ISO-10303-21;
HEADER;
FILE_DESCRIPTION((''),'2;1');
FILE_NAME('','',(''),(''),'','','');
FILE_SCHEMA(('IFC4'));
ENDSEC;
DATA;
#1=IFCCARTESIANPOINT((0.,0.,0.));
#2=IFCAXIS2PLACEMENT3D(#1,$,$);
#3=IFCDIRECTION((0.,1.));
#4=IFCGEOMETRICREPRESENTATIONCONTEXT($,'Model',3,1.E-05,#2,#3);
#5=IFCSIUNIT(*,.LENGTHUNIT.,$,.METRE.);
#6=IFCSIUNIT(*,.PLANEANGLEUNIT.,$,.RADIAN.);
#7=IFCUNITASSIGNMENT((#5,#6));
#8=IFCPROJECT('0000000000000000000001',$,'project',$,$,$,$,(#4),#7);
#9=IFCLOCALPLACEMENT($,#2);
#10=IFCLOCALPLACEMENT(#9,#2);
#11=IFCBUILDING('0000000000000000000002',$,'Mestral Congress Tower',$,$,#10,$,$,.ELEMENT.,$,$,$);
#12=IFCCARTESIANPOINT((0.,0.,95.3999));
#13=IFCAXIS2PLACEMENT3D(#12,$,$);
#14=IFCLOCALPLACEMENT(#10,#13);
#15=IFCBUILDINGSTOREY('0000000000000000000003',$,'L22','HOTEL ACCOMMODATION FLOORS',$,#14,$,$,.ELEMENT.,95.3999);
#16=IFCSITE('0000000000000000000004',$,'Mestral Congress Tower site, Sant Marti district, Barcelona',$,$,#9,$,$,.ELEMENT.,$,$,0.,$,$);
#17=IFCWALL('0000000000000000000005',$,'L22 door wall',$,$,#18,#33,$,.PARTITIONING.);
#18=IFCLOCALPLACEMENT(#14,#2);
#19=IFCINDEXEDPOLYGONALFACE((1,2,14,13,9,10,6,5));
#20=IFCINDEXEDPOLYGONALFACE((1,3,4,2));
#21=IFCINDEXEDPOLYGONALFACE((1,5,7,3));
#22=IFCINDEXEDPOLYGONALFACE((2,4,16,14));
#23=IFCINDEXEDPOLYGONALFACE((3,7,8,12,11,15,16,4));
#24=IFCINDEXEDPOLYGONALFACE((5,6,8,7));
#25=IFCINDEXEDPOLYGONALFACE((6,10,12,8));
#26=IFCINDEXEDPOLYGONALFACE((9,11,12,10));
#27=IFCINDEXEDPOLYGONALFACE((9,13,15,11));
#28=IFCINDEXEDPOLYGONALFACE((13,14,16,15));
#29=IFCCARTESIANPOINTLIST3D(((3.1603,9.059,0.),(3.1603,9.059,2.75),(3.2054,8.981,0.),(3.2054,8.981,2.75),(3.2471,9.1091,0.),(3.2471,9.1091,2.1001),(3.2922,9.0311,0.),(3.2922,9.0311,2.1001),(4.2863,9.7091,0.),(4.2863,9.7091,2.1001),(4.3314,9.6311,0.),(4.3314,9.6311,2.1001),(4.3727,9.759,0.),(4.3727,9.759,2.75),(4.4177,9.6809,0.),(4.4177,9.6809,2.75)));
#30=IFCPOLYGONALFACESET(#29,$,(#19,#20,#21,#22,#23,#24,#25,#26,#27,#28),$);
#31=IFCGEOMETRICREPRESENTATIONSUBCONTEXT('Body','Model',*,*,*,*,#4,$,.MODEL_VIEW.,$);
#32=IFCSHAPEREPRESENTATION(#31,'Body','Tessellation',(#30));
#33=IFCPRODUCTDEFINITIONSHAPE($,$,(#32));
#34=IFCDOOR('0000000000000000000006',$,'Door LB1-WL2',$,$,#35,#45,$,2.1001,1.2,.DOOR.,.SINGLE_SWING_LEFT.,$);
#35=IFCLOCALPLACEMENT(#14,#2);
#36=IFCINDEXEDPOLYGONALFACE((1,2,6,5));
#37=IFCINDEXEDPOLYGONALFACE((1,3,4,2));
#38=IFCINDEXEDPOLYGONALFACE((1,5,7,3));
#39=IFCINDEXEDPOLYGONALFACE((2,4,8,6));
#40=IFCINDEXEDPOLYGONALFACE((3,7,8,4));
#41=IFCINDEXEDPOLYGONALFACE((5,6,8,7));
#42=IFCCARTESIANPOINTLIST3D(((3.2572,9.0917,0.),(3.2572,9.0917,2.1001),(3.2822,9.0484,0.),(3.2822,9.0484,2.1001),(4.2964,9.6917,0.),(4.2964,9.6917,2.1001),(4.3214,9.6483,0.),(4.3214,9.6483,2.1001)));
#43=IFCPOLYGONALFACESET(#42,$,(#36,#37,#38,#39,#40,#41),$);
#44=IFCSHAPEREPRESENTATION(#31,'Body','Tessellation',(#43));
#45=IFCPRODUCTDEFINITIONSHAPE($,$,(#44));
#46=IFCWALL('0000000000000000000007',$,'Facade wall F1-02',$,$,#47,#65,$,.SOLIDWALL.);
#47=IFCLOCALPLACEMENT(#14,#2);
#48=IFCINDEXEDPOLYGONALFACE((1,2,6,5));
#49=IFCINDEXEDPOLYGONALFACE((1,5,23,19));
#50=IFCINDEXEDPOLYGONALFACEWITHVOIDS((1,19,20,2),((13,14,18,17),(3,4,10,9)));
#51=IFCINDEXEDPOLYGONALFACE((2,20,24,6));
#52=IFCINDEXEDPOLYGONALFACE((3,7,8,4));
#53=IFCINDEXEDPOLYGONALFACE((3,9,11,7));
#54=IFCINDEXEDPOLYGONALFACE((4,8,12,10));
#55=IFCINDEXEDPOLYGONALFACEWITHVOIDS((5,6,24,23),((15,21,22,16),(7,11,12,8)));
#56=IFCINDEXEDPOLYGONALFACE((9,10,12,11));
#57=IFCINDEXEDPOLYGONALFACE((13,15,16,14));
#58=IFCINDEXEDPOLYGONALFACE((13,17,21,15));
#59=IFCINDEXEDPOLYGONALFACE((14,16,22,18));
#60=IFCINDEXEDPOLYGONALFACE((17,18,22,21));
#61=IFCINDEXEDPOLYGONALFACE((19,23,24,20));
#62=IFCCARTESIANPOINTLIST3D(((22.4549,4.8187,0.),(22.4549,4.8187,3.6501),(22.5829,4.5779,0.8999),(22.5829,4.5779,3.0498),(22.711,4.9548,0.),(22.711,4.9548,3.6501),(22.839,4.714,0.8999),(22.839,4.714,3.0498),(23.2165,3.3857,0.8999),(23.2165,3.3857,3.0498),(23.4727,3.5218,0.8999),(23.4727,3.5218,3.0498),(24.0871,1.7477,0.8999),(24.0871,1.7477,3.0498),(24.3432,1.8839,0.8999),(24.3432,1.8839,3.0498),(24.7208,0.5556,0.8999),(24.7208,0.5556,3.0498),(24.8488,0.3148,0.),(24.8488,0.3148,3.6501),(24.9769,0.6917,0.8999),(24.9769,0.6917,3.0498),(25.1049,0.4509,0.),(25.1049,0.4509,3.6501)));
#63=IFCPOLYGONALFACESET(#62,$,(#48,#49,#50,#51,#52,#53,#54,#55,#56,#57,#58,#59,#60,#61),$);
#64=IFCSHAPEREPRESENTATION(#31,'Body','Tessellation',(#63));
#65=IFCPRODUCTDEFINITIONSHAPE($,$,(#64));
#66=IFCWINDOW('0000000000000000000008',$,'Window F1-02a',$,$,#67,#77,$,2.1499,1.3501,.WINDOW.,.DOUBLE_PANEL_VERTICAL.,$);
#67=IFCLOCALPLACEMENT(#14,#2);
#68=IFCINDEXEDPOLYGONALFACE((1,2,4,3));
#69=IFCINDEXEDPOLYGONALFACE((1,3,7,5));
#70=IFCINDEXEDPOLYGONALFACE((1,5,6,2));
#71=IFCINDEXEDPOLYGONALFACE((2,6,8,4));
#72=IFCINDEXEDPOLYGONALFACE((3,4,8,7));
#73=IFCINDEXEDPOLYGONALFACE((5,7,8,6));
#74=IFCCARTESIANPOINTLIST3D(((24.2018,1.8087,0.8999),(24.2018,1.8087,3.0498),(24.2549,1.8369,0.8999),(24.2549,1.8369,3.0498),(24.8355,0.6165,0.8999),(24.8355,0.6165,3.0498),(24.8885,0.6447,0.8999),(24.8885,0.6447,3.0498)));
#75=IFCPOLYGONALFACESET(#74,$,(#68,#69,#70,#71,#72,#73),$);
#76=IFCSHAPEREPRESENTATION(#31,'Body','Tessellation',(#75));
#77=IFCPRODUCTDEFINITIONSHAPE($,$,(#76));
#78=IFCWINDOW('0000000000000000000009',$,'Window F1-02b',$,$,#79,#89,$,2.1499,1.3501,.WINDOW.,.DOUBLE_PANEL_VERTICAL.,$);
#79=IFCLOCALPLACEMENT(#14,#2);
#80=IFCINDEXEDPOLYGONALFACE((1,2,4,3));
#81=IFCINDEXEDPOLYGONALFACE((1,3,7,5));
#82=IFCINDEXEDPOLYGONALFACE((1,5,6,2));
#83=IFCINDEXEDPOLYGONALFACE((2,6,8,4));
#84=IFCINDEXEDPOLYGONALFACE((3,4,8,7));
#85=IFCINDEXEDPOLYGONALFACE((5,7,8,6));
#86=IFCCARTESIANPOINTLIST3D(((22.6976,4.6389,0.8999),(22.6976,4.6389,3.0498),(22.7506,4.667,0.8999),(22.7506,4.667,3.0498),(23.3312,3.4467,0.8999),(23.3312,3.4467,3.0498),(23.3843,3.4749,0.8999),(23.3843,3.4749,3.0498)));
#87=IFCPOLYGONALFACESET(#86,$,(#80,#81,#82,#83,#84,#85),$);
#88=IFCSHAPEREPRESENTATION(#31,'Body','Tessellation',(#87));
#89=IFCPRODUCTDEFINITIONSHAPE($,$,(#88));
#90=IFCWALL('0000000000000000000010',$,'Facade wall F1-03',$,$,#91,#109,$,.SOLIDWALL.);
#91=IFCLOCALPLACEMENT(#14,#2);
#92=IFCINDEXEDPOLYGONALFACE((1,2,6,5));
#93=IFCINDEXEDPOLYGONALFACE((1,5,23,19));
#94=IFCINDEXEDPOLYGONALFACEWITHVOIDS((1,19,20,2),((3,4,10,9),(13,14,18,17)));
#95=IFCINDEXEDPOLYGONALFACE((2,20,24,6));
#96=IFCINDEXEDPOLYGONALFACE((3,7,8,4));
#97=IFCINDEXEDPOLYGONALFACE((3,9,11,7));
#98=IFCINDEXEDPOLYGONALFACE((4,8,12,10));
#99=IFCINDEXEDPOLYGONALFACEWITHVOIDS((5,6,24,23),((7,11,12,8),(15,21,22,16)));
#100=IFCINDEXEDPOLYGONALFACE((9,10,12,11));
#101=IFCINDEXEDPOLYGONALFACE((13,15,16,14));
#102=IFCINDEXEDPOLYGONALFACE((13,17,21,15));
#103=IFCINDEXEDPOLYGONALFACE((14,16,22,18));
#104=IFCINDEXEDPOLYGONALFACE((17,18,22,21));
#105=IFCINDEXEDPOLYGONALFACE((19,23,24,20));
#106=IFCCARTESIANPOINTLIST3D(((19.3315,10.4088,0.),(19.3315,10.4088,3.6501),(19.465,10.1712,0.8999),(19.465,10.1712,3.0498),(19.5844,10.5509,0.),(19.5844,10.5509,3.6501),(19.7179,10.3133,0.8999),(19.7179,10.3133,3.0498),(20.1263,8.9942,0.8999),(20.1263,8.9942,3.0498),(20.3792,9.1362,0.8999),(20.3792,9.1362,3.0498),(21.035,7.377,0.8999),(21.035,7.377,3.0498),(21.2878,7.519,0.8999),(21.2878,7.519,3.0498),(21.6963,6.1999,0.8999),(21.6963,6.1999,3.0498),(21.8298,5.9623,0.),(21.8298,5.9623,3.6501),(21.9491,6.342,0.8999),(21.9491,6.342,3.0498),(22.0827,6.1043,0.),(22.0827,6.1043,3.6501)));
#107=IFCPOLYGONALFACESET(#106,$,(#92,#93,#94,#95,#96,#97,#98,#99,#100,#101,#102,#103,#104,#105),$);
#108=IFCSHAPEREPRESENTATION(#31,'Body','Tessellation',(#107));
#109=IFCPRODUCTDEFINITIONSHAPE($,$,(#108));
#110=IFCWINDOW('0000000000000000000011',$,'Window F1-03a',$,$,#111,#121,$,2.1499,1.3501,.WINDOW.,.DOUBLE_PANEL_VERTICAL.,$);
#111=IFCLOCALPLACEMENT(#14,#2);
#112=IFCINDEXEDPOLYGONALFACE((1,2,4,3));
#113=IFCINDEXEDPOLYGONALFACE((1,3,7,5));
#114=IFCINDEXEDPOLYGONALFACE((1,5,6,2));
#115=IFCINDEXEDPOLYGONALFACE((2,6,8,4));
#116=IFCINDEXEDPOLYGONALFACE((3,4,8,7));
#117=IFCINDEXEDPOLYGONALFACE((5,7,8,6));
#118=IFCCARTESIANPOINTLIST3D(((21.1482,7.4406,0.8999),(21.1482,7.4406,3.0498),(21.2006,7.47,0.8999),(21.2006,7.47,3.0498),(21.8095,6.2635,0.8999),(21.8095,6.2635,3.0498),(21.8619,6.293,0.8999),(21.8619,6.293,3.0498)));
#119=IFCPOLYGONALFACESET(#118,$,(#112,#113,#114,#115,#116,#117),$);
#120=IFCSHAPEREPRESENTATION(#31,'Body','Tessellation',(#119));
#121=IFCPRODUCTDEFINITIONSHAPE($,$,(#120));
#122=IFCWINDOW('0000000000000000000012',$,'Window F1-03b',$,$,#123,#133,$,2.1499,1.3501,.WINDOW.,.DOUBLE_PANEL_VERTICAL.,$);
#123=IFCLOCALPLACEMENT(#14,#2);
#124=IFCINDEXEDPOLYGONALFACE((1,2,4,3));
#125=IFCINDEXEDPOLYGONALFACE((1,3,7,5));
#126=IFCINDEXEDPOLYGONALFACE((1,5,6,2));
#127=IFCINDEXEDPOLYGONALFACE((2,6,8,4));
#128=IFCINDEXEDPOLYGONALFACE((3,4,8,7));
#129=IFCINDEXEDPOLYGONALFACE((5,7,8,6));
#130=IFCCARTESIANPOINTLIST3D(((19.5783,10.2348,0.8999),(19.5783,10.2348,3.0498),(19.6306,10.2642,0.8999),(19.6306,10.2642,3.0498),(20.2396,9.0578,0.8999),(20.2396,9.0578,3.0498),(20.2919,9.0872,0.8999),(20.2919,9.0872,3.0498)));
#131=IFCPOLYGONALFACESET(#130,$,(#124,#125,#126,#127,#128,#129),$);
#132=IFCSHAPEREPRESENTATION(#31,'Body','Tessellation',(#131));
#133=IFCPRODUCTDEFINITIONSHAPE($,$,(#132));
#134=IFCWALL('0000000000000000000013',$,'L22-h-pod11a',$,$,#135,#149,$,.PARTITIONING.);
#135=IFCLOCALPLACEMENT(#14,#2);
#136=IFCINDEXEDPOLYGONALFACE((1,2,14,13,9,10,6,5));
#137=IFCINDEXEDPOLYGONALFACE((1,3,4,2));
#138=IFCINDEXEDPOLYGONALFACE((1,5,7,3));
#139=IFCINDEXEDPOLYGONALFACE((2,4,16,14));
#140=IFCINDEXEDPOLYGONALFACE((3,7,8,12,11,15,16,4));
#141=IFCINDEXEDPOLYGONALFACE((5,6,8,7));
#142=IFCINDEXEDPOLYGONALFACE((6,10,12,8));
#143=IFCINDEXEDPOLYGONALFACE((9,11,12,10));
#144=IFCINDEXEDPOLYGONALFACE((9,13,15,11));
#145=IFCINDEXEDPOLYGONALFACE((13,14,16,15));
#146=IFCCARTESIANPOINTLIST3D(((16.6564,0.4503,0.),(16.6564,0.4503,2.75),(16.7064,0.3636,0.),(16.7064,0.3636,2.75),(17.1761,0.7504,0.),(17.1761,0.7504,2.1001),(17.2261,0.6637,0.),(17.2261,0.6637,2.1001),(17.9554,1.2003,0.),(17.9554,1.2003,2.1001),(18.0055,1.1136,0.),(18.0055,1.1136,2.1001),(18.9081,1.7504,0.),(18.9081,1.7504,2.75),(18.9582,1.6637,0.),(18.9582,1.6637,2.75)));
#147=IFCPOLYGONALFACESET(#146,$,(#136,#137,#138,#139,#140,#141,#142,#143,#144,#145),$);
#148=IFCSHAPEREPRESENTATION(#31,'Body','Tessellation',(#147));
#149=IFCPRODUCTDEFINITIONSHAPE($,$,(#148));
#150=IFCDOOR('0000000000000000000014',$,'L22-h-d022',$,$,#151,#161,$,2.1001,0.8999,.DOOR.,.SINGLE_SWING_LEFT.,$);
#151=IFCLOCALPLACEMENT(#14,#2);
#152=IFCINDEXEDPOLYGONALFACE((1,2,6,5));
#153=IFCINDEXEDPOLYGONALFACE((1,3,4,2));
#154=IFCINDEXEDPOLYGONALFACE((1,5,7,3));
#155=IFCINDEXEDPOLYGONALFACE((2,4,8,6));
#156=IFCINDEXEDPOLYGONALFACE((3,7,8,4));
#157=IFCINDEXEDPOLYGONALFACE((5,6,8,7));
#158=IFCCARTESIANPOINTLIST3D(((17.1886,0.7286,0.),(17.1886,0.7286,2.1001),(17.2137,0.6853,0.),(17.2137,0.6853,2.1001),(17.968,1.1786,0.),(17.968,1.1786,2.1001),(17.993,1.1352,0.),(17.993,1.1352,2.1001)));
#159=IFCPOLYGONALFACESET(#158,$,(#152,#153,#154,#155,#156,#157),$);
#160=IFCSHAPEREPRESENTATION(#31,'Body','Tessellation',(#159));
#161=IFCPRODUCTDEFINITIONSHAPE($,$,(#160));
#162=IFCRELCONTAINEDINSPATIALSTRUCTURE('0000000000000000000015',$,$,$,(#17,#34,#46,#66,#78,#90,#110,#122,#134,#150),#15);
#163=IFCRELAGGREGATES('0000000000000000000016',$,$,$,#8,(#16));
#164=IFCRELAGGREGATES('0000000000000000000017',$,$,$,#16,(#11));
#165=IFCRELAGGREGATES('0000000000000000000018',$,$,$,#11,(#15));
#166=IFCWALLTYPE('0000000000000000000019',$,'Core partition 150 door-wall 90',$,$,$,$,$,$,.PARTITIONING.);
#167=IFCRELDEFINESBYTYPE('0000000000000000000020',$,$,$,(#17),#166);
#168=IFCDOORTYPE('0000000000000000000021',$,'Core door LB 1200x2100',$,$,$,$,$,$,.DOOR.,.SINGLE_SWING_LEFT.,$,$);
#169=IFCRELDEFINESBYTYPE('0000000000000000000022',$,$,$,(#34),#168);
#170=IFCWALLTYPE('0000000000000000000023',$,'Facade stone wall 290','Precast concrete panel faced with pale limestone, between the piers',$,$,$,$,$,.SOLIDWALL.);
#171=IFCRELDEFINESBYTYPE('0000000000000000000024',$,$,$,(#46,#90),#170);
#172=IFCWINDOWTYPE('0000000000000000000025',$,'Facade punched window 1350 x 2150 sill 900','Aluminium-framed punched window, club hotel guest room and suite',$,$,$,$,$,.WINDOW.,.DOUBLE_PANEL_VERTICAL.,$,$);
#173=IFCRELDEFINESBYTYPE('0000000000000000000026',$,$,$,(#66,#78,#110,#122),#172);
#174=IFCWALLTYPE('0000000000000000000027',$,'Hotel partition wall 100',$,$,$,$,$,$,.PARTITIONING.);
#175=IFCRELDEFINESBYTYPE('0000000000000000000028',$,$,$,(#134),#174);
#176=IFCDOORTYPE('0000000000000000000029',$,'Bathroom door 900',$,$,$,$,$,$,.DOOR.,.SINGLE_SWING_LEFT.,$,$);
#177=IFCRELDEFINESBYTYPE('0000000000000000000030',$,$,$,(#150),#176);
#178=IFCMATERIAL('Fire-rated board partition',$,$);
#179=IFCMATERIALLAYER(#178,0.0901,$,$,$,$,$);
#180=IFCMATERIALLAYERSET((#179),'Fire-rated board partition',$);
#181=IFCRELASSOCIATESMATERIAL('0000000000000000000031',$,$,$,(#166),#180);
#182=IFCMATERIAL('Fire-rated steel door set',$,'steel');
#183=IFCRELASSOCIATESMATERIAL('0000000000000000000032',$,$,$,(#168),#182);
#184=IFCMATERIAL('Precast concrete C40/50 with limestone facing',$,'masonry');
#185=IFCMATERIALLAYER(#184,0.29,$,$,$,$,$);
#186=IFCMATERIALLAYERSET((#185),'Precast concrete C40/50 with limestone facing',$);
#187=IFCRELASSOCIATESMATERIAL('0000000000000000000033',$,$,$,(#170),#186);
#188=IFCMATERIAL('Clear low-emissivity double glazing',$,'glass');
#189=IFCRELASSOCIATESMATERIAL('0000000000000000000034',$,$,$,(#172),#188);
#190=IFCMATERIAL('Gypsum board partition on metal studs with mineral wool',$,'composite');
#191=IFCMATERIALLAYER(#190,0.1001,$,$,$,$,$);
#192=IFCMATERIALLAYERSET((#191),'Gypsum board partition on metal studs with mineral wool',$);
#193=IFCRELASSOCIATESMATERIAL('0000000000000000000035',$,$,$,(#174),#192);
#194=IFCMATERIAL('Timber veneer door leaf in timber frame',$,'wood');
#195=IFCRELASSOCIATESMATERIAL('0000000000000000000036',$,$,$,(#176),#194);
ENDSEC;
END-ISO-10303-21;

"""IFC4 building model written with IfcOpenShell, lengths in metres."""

from ifc_helpers import new_model, si_unit, direction, frame, frame_2d, origin, place, context, subcontext, project, spatial, rectangle, extrude, material, layer, layer_set, type_object, element, fill, save


model = new_model("IFC4")

# Units and contexts
model_context = context("Model", 3, precision=1e-05, world=origin(), true_north=direction((0.0, 1.0)))
body_context = subcontext(model_context, "Body", "Model", "MODEL_VIEW")
ifc_project = project(units=[si_unit("LENGTHUNIT", "METRE"), si_unit("PLANEANGLEUNIT", "RADIAN")], contexts=[model_context])

# Site, building, storey
site_placement = place(None, origin())
site = spatial("IfcSite", under=ifc_project, at=site_placement, Name="Mestral Congress Tower site, Sant Marti district, Barcelona", CompositionType="ELEMENT", RefElevation=0.0)
building_placement = place(site_placement, origin())
building = spatial("IfcBuilding", under=site, at=building_placement, Name="Mestral Congress Tower", CompositionType="ELEMENT")
storey_placement = place(building_placement, frame((0.0, 0.0, 95.3999)))
storey = spatial("IfcBuildingStorey", under=building, at=storey_placement, Name="L22", Description="HOTEL ACCOMMODATION FLOORS", CompositionType="ELEMENT", Elevation=95.3999)

# Shared definitions
ifc_material_1 = material(Name="Fire-rated board partition")

# Wall, opening, door
ifc_layer_1 = layer(ifc_material_1, 0.0901)
ifc_layer_set_1 = layer_set([ifc_layer_1], Name="Fire-rated board partition")
wall_type_1 = type_object("IfcWallType", Name="Core partition 150 door-wall 90", PredefinedType="PARTITIONING", material=ifc_layer_set_1)
wall_1_placement = place(storey_placement, frame((3.1829, 9.02, 0.0), z_axis=(0.0, 0.0, 1.0), x_axis=(0.866035, 0.499984, 0.0)))
wall_1 = element("IfcWall", 1, at=wall_1_placement, inside=storey, type_object=wall_type_1, Name="L22 door wall", PredefinedType="PARTITIONING", context=body_context, shape_type="SweptSolid", body=[
    extrude(rectangle(XDim=1.3999, YDim=0.0901, at=frame_2d((0.7, 0.0))), origin(), (0.0, 0.0, 1.0), 2.75),
])
opening_1_placement = place(wall_1_placement, frame((0.1001, 0.0, 0.0)))
opening_1 = element("IfcOpeningElement", 2, at=opening_1_placement, cuts=wall_1, PredefinedType="OPENING", context=body_context, shape_type="SweptSolid", body=[
    extrude(rectangle(XDim=1.2, YDim=2.1001, at=frame_2d((0.6001, 1.05))), frame((0.0, 0.0549, 0.0), z_axis=(0.0, -1.0, 0.0), x_axis=(1.0, 0.0, 0.0)), (0.0, 0.0, 1.0), 0.1101),
])
ifc_material_2 = material(Name="Fire-rated steel door set", Category="steel")
door_type_1 = type_object("IfcDoorType", Name="Core door LB 1200x2100", OperationType="SINGLE_SWING_LEFT", PredefinedType="DOOR", material=ifc_material_2)
door_1_placement = place(opening_1_placement, origin())
door_1 = element("IfcDoor", 3, at=door_1_placement, inside=storey, type_object=door_type_1, Name="Door LB1-WL2", OperationType="SINGLE_SWING_LEFT", OverallHeight=2.1001, OverallWidth=1.2, PredefinedType="DOOR", context=body_context, shape_type="SweptSolid", body=[
    extrude(rectangle(XDim=1.2, YDim=2.1001, at=frame_2d((0.6001, 1.05))), frame((0.0, 0.0249, 0.0), z_axis=(0.0, -1.0, 0.0), x_axis=(1.0, 0.0, 0.0)), (0.0, 0.0, 1.0), 0.05),
])
fill(opening_1, door_1)

# Walls, openings, windows
ifc_material_3 = material(Name="Precast concrete C40/50 with limestone facing", Category="masonry")
ifc_layer_2 = layer(ifc_material_3, 0.29)
ifc_layer_set_2 = layer_set([ifc_layer_2], Name="Precast concrete C40/50 with limestone facing")
wall_type_2 = type_object("IfcWallType", Name="Facade stone wall 290", Description="Precast concrete panel faced with pale limestone, between the piers", PredefinedType="SOLIDWALL", material=ifc_layer_set_2)
wall_2_placement = place(storey_placement, frame((24.9768, 0.3828, 0.0), z_axis=(0.0, 0.0, 1.0), x_axis=(-0.469323, 0.883026, 0.0)))
wall_2 = element("IfcWall", 4, at=wall_2_placement, inside=storey, type_object=wall_type_2, Name="Facade wall F1-02", PredefinedType="SOLIDWALL", context=body_context, shape_type="SweptSolid", body=[
    extrude(rectangle(XDim=5.1006, YDim=0.29, at=frame_2d((2.5503, 0.0))), origin(), (0.0, 0.0, 1.0), 3.6501),
])
opening_2_placement = place(wall_2_placement, frame((0.2727, 0.0, 0.8999)))
opening_2 = element("IfcOpeningElement", 5, at=opening_2_placement, cuts=wall_2, PredefinedType="OPENING", context=body_context, shape_type="SweptSolid", body=[
    extrude(rectangle(XDim=1.3501, YDim=2.1499, at=frame_2d((0.675, 1.075))), frame((0.0, 0.155, 0.0), z_axis=(0.0, -1.0, 0.0), x_axis=(1.0, 0.0, 0.0)), (0.0, 0.0, 1.0), 0.3101),
])
opening_3_placement = place(wall_2_placement, frame((3.4778, 0.0, 0.8999)))
opening_3 = element("IfcOpeningElement", 6, at=opening_3_placement, cuts=wall_2, PredefinedType="OPENING", context=body_context, shape_type="SweptSolid", body=[
    extrude(rectangle(XDim=1.3501, YDim=2.1499, at=frame_2d((0.675, 1.075))), frame((0.0, 0.155, 0.0), z_axis=(0.0, -1.0, 0.0), x_axis=(1.0, 0.0, 0.0)), (0.0, 0.0, 1.0), 0.3101),
])
ifc_material_4 = material(Name="Clear low-emissivity double glazing", Category="glass")
window_type = type_object("IfcWindowType", Name="Facade punched window 1350 x 2150 sill 900", Description="Aluminium-framed punched window, club hotel guest room and suite", PartitioningType="DOUBLE_PANEL_VERTICAL", PredefinedType="WINDOW", material=ifc_material_4)
window_1_placement = place(opening_2_placement, origin())
window_1 = element("IfcWindow", 7, at=window_1_placement, inside=storey, type_object=window_type, Name="Window F1-02a", OverallHeight=2.1499, OverallWidth=1.3501, PartitioningType="DOUBLE_PANEL_VERTICAL", PredefinedType="WINDOW", context=body_context, shape_type="SweptSolid", body=[
    extrude(rectangle(XDim=1.3501, YDim=2.1499, at=frame_2d((0.675, 1.075))), frame((0.0, 0.0151, 0.0), z_axis=(0.0, -1.0, 0.0), x_axis=(1.0, 0.0, 0.0)), (0.0, 0.0, 1.0), 0.0601),
])
fill(opening_2, window_1)
window_2_placement = place(opening_3_placement, origin())
window_2 = element("IfcWindow", 8, at=window_2_placement, inside=storey, type_object=window_type, Name="Window F1-02b", OverallHeight=2.1499, OverallWidth=1.3501, PartitioningType="DOUBLE_PANEL_VERTICAL", PredefinedType="WINDOW", context=body_context, shape_type="SweptSolid", body=[
    extrude(rectangle(XDim=1.3501, YDim=2.1499, at=frame_2d((0.675, 1.075))), frame((0.0, 0.0151, 0.0), z_axis=(0.0, -1.0, 0.0), x_axis=(1.0, 0.0, 0.0)), (0.0, 0.0, 1.0), 0.0601),
])
fill(opening_3, window_2)
wall_3_placement = place(storey_placement, frame((21.9563, 6.0332, 0.0), z_axis=(0.0, 0.0, 1.0), x_axis=(-0.489832, 0.871817, 0.0)))
wall_3 = element("IfcWall", 9, at=wall_3_placement, inside=storey, type_object=wall_type_2, Name="Facade wall F1-03", PredefinedType="SOLIDWALL", context=body_context, shape_type="SweptSolid", body=[
    extrude(rectangle(XDim=5.1003, YDim=0.29, at=frame_2d((2.5503, 0.0))), origin(), (0.0, 0.0, 1.0), 3.6501),
])
opening_4_placement = place(wall_3_placement, frame((0.2727, 0.0, 0.8999)))
opening_4 = element("IfcOpeningElement", 10, at=opening_4_placement, cuts=wall_3, PredefinedType="OPENING", context=body_context, shape_type="SweptSolid", body=[
    extrude(rectangle(XDim=1.3501, YDim=2.1499, at=frame_2d((0.675, 1.075))), frame((0.0, 0.155, 0.0), z_axis=(0.0, -1.0, 0.0), x_axis=(1.0, 0.0, 0.0)), (0.0, 0.0, 1.0), 0.3101),
])
opening_5_placement = place(wall_3_placement, frame((3.4778, 0.0, 0.8999)))
opening_5 = element("IfcOpeningElement", 11, at=opening_5_placement, cuts=wall_3, PredefinedType="OPENING", context=body_context, shape_type="SweptSolid", body=[
    extrude(rectangle(XDim=1.3501, YDim=2.1499, at=frame_2d((0.675, 1.075))), frame((0.0, 0.155, 0.0), z_axis=(0.0, -1.0, 0.0), x_axis=(1.0, 0.0, 0.0)), (0.0, 0.0, 1.0), 0.3101),
])
window_3_placement = place(opening_4_placement, origin())
window_3 = element("IfcWindow", 12, at=window_3_placement, inside=storey, type_object=window_type, Name="Window F1-03a", OverallHeight=2.1499, OverallWidth=1.3501, PartitioningType="DOUBLE_PANEL_VERTICAL", PredefinedType="WINDOW", context=body_context, shape_type="SweptSolid", body=[
    extrude(rectangle(XDim=1.3501, YDim=2.1499, at=frame_2d((0.675, 1.075))), frame((0.0, 0.0151, 0.0), z_axis=(0.0, -1.0, 0.0), x_axis=(1.0, 0.0, 0.0)), (0.0, 0.0, 1.0), 0.0601),
])
fill(opening_4, window_3)
window_4_placement = place(opening_5_placement, origin())
window_4 = element("IfcWindow", 13, at=window_4_placement, inside=storey, type_object=window_type, Name="Window F1-03b", OverallHeight=2.1499, OverallWidth=1.3501, PartitioningType="DOUBLE_PANEL_VERTICAL", PredefinedType="WINDOW", context=body_context, shape_type="SweptSolid", body=[
    extrude(rectangle(XDim=1.3501, YDim=2.1499, at=frame_2d((0.675, 1.075))), frame((0.0, 0.0151, 0.0), z_axis=(0.0, -1.0, 0.0), x_axis=(1.0, 0.0, 0.0)), (0.0, 0.0, 1.0), 0.0601),
])
fill(opening_5, window_4)

# Wall, opening, door
ifc_material_5 = material(Name="Gypsum board partition on metal studs with mineral wool", Category="composite")
ifc_layer_3 = layer(ifc_material_5, 0.1001)
ifc_layer_set_3 = layer_set([ifc_layer_3], Name="Gypsum board partition on metal studs with mineral wool")
wall_type_3 = type_object("IfcWallType", Name="Hotel partition wall 100", PredefinedType="PARTITIONING", material=ifc_layer_set_3)
wall_4_placement = place(storey_placement, frame((16.6814, 0.407, 0.0), z_axis=(0.0, 0.0, 1.0), x_axis=(0.866021, 0.500007, 0.0)))
wall_4 = element("IfcWall", 14, at=wall_4_placement, inside=storey, type_object=wall_type_3, Name="L22-h-pod11a", PredefinedType="PARTITIONING", context=body_context, shape_type="SweptSolid", body=[
    extrude(rectangle(XDim=2.6001, YDim=0.1001, at=frame_2d((1.3, 0.0))), origin(), (0.0, 0.0, 1.0), 2.75),
])
opening_6_placement = place(wall_4_placement, frame((0.6001, 0.0, 0.0)))
opening_6 = element("IfcOpeningElement", 15, at=opening_6_placement, cuts=wall_4, PredefinedType="OPENING", context=body_context, shape_type="SweptSolid", body=[
    extrude(rectangle(XDim=0.8999, YDim=2.1001, at=frame_2d((0.45, 1.05))), frame((0.0, 0.0601, 0.0), z_axis=(0.0, -1.0, 0.0), x_axis=(1.0, 0.0, 0.0)), (0.0, 0.0, 1.0), 0.1201),
])
ifc_material_6 = material(Name="Timber veneer door leaf in timber frame", Category="wood")
door_type_2 = type_object("IfcDoorType", Name="Bathroom door 900", OperationType="SINGLE_SWING_LEFT", PredefinedType="DOOR", material=ifc_material_6)
door_2_placement = place(opening_6_placement, origin())
door_2 = element("IfcDoor", 16, at=door_2_placement, inside=storey, type_object=door_type_2, Name="L22-h-d022", OperationType="SINGLE_SWING_LEFT", OverallHeight=2.1001, OverallWidth=0.8999, PredefinedType="DOOR", context=body_context, shape_type="SweptSolid", body=[
    extrude(rectangle(XDim=0.8999, YDim=2.1001, at=frame_2d((0.45, 1.05))), frame((0.0, 0.0249, 0.0), z_axis=(0.0, -1.0, 0.0), x_axis=(1.0, 0.0, 0.0)), (0.0, 0.0, 1.0), 0.05),
])
fill(opening_6, door_2)

save(model, "model.ifc")
